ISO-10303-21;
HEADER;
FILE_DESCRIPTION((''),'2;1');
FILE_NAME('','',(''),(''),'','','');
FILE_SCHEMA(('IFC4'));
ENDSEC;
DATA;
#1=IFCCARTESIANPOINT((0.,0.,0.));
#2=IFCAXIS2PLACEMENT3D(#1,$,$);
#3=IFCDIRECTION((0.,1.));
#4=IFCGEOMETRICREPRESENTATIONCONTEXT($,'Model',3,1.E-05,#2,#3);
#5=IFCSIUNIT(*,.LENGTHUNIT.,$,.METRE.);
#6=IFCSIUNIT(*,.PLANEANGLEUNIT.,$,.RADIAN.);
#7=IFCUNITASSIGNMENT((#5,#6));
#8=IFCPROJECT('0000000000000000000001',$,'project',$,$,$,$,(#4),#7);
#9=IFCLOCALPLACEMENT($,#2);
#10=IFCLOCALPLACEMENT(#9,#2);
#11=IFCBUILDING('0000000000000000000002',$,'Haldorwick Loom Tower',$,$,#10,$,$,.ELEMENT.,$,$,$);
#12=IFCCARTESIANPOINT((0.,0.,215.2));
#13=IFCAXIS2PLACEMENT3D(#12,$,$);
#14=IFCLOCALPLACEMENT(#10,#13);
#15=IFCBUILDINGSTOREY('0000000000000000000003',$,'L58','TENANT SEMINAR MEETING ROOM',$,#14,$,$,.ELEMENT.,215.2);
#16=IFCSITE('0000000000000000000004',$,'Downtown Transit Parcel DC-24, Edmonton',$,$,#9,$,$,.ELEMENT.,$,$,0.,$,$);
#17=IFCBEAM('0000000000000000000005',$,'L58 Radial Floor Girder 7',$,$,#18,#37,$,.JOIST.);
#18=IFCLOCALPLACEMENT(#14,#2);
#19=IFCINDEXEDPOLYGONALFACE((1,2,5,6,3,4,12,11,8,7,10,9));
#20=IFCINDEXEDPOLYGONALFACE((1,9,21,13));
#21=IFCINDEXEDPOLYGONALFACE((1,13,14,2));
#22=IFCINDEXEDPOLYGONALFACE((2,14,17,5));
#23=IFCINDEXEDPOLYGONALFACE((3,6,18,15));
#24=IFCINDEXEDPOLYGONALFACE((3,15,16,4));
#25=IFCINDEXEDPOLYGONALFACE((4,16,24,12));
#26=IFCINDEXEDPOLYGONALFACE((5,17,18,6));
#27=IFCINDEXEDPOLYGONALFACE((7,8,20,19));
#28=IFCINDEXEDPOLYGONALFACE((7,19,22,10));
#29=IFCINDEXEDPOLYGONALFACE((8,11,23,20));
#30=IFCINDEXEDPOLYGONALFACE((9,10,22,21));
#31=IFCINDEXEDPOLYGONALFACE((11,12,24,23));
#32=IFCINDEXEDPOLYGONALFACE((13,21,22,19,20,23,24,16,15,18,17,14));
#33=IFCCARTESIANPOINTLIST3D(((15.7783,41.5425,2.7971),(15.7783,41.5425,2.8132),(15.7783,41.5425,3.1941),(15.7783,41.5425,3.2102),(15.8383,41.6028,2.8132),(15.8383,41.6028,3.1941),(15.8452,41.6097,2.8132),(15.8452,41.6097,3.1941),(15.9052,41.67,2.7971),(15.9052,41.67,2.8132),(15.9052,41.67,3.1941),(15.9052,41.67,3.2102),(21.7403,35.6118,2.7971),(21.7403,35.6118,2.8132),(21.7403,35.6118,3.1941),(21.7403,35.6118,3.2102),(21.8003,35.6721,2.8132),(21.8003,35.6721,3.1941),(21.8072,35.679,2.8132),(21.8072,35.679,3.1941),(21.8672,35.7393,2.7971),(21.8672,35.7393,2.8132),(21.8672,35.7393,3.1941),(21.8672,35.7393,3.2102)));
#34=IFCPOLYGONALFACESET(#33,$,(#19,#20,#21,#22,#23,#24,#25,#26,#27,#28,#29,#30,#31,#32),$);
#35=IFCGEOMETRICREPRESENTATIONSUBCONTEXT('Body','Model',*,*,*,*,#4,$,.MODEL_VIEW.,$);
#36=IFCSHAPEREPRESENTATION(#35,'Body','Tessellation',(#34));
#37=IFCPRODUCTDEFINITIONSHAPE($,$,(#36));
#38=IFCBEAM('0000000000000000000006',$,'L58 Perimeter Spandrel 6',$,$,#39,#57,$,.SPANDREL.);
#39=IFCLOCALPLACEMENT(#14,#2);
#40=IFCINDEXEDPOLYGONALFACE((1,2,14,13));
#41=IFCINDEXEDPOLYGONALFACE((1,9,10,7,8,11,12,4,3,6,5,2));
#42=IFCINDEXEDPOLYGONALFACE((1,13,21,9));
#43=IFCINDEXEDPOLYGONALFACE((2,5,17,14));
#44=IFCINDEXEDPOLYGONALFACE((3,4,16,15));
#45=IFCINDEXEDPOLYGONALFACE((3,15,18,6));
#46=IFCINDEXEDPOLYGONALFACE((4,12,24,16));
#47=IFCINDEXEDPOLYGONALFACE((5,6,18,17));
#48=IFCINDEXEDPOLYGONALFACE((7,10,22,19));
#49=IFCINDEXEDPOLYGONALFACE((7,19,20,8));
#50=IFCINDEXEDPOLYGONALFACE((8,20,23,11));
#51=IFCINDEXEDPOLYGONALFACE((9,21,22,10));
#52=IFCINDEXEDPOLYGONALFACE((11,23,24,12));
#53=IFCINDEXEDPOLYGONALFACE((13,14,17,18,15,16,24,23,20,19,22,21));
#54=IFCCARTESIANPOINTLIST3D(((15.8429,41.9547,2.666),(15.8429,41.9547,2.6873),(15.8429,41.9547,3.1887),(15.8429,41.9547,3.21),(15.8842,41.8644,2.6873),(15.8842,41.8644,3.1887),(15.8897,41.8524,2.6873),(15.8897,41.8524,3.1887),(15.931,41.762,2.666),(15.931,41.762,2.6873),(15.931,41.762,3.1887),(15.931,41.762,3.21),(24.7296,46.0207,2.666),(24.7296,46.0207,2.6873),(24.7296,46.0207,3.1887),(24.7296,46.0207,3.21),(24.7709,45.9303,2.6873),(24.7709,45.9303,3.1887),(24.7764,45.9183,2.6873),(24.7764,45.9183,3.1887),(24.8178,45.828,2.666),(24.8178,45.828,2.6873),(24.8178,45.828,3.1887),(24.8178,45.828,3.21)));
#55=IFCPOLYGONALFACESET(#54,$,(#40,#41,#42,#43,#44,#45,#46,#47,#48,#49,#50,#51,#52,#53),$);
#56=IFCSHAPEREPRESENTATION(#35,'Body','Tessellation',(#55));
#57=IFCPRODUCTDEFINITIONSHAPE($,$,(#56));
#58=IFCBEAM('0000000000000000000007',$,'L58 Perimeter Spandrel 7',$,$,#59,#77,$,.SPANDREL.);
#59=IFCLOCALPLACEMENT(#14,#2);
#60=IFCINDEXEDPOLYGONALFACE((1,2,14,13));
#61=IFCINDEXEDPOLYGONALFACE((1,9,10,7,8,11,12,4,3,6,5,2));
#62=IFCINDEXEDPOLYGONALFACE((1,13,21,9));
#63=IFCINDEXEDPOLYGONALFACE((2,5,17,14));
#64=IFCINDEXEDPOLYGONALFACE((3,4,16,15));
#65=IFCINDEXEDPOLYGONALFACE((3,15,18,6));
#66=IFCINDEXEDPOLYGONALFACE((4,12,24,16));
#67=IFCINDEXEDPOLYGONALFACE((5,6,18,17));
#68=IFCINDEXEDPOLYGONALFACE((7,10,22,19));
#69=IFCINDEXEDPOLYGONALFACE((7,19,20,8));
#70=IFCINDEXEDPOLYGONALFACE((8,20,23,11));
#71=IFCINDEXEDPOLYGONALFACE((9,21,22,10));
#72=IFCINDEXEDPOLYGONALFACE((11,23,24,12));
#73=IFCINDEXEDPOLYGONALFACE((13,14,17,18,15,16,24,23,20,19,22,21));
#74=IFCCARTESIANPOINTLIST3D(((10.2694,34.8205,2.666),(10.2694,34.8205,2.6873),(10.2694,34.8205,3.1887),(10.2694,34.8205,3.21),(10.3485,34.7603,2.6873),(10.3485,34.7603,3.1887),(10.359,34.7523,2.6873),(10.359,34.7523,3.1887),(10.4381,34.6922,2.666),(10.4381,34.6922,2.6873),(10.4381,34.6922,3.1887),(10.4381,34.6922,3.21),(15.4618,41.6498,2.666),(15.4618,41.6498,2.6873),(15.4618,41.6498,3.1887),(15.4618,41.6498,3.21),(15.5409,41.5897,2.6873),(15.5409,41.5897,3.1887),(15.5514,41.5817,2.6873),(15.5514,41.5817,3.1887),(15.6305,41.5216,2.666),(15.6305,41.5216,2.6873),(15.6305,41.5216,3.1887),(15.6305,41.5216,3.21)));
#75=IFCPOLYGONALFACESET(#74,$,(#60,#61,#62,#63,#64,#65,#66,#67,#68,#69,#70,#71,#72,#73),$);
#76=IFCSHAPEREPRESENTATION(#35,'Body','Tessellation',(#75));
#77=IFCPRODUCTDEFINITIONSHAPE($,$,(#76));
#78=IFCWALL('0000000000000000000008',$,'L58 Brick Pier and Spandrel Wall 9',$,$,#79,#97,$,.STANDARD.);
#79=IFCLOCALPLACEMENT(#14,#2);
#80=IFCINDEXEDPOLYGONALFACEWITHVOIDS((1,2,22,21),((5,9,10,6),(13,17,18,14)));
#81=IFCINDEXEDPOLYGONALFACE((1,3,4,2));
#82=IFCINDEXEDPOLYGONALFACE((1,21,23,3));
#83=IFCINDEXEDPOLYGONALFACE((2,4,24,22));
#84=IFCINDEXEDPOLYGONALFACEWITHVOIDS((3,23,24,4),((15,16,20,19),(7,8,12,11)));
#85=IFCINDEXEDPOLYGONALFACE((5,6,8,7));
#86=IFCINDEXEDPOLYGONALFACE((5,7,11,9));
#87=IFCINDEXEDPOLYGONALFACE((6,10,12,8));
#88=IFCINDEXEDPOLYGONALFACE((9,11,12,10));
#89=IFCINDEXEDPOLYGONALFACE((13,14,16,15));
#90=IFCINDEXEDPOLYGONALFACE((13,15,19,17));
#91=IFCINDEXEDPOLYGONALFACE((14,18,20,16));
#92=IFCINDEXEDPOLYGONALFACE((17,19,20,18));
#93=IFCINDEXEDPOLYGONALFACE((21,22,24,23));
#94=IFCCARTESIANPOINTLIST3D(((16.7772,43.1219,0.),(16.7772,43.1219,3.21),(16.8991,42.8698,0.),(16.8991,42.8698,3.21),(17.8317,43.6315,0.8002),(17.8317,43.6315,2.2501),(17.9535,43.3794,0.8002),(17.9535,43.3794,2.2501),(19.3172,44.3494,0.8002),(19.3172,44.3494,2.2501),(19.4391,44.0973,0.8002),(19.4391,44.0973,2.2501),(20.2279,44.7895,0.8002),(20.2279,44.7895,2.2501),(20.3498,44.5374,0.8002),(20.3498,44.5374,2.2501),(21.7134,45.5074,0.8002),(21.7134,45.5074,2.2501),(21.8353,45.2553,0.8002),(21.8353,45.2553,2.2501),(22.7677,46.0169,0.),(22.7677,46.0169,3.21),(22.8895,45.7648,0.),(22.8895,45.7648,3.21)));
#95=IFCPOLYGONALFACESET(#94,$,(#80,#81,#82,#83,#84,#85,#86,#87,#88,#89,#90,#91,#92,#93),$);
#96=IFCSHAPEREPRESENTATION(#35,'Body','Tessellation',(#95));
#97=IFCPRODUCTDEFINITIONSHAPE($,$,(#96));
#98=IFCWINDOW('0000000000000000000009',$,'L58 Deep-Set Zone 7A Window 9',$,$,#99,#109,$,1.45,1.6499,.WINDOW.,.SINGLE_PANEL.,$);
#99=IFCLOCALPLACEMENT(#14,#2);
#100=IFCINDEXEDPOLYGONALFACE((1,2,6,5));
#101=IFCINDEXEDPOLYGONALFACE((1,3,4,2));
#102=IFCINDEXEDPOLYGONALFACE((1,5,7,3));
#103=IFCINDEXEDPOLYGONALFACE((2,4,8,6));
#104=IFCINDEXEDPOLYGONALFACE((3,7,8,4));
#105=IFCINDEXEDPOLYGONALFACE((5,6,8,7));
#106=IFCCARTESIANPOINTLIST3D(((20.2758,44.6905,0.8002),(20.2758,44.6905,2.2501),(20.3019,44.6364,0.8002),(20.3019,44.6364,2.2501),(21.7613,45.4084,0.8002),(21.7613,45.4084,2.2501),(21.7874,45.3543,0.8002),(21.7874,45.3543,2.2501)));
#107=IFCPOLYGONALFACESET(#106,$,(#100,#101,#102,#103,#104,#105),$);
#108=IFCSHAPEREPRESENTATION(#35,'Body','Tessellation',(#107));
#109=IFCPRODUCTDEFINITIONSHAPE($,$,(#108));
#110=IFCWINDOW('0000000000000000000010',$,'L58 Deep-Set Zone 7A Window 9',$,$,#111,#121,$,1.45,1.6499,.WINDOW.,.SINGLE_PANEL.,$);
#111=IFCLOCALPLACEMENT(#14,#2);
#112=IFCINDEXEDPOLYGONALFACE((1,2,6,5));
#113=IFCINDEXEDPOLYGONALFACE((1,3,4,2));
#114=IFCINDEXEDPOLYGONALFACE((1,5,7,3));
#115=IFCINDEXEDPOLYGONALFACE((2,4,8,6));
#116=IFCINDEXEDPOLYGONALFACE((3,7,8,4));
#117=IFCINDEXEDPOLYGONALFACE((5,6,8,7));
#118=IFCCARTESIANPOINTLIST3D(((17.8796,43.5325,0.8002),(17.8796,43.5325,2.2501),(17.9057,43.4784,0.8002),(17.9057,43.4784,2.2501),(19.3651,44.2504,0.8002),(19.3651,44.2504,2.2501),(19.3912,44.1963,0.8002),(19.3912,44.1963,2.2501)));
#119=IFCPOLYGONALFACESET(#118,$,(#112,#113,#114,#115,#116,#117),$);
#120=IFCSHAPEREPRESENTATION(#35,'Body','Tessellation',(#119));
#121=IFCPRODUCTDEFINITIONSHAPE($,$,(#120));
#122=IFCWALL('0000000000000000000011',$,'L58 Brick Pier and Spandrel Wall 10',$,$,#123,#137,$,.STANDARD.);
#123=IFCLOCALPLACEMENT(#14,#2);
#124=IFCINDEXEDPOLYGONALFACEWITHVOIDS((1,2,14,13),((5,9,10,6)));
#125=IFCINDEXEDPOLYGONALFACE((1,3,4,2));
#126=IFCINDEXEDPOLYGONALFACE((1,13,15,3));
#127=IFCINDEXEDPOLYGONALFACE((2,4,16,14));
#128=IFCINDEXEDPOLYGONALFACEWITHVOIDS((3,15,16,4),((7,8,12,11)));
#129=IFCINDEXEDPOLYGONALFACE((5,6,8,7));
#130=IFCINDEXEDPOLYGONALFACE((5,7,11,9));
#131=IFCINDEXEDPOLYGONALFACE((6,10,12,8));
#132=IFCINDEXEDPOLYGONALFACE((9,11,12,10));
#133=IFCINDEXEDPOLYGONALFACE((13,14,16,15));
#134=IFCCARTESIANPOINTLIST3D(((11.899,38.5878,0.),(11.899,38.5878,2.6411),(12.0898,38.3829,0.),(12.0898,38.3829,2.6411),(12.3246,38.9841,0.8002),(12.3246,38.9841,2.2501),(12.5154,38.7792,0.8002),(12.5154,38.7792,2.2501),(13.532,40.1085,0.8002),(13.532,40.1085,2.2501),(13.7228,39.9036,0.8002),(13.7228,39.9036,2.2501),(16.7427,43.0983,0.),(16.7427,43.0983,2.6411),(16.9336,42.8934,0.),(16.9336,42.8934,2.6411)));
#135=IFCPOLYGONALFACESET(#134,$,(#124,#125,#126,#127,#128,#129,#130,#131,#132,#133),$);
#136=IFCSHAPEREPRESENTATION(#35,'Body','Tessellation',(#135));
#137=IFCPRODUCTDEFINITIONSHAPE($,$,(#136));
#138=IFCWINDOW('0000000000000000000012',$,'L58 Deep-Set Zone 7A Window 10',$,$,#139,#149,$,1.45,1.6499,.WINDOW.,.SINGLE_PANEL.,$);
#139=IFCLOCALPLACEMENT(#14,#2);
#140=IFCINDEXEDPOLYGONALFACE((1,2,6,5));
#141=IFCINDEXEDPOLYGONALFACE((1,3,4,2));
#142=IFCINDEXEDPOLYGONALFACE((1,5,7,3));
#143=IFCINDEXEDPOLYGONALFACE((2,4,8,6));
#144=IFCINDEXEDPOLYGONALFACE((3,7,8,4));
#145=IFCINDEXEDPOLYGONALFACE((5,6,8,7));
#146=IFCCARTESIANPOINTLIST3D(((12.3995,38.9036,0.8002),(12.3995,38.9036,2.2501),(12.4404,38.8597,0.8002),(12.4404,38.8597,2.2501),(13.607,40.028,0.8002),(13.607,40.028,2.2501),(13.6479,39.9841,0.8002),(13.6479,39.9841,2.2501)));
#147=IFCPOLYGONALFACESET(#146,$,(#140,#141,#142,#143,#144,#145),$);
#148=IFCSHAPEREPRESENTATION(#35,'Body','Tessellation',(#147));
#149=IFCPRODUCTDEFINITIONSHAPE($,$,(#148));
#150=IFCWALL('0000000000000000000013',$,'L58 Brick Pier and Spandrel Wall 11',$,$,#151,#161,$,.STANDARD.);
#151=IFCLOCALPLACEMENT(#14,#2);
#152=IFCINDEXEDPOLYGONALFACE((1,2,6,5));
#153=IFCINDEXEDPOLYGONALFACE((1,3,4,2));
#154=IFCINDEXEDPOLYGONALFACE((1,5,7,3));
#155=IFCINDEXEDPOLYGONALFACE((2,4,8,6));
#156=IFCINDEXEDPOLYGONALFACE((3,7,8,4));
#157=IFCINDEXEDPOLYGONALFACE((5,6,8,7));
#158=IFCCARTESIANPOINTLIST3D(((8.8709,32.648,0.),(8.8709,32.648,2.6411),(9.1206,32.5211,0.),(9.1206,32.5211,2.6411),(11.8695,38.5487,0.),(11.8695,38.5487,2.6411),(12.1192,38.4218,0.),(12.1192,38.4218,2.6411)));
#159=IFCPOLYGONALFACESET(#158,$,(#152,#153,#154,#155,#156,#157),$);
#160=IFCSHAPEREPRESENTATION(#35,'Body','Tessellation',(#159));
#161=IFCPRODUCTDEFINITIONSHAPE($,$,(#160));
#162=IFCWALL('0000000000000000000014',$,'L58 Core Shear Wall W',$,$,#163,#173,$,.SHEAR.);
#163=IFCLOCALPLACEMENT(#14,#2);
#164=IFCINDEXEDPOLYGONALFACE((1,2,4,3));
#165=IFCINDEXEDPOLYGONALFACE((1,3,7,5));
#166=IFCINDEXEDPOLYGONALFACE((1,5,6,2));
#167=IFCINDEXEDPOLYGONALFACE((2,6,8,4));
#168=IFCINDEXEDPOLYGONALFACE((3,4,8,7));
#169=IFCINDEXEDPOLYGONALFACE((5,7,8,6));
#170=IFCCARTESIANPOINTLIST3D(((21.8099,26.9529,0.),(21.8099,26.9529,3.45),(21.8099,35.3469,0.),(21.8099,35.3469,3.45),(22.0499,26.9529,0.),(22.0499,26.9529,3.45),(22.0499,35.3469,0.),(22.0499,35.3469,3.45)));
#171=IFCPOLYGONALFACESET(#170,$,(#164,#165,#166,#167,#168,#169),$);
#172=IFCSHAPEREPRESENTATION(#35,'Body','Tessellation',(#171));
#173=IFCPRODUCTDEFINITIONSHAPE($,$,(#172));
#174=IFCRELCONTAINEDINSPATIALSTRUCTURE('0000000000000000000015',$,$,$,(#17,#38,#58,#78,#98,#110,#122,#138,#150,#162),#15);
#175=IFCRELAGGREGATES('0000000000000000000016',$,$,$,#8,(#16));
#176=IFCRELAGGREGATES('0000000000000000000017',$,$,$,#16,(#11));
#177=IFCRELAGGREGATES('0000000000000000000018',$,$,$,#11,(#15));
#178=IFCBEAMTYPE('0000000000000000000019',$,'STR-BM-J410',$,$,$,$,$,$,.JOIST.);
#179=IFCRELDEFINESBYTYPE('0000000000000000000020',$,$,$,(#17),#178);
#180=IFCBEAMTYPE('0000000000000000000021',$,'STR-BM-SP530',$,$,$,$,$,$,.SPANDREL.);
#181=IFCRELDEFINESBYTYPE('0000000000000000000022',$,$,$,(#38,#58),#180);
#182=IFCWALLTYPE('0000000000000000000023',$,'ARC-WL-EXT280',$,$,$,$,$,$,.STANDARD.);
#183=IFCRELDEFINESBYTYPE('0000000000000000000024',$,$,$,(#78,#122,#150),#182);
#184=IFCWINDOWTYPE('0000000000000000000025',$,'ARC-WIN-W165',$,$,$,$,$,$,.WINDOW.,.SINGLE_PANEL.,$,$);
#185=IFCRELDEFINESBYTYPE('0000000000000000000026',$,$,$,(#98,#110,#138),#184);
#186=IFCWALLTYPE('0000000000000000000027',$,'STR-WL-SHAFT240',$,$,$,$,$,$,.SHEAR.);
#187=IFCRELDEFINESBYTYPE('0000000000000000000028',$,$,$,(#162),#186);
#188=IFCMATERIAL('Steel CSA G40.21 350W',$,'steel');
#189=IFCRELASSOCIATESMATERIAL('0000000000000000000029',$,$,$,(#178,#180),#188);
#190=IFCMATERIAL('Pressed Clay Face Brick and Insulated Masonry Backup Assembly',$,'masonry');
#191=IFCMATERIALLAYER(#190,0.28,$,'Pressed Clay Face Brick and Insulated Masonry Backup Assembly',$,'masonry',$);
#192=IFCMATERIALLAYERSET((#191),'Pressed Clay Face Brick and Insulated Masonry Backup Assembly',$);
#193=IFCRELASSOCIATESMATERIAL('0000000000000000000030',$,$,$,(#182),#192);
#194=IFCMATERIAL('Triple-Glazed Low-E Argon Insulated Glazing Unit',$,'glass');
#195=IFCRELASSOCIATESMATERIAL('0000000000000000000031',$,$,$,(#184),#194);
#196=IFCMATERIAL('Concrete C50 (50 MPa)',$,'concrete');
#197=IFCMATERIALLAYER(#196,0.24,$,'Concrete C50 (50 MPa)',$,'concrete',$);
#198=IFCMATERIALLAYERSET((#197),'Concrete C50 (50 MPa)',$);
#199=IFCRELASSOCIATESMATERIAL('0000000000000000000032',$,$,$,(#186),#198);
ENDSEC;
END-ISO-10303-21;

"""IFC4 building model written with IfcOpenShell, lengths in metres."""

from ifc_helpers import new_model, si_unit, direction, frame, frame_2d, origin, origin_2d, place, context, subcontext, project, spatial, rectangle, i_section, extrude, material, layer, layer_set, material_profile, profile_set, type_object, element, fill, save


model = new_model("IFC4")

# Units and contexts
model_context = context("Model", 3, precision=1e-05, world=origin(), true_north=direction((0.0, 1.0)))
body_context = subcontext(model_context, "Body", "Model", "MODEL_VIEW")
ifc_project = project(units=[si_unit("LENGTHUNIT", "METRE"), si_unit("PLANEANGLEUNIT", "RADIAN")], contexts=[model_context])

# Site, building, storey
site_placement = place(None, origin())
site = spatial("IfcSite", under=ifc_project, at=site_placement, Name="Downtown Transit Parcel DC-24, Edmonton", CompositionType="ELEMENT", RefElevation=0.0)
building_placement = place(site_placement, origin())
building = spatial("IfcBuilding", under=site, at=building_placement, Name="Haldorwick Loom Tower", CompositionType="ELEMENT")
storey_placement = place(building_placement, frame((0.0, 0.0, 215.2)))
storey = spatial("IfcBuildingStorey", under=building, at=storey_placement, Name="L58", Description="TENANT SEMINAR MEETING ROOM", CompositionType="ELEMENT", Elevation=215.2)

# Shared definitions
ifc_material_1 = material(Name="Steel CSA G40.21 350W", Category="steel")

# Beams
ifc_material_2 = material(Name="Concrete C50 (50 MPa)", Category="concrete")
ifc_material_profile_1 = material_profile(ifc_material_1, i_section(OverallWidth=0.1799, OverallDepth=0.4131, WebThickness=0.0098, FlangeThickness=0.0161, at=origin_2d()), Name="W410X74", Category="steel")
ifc_profile_set_1 = profile_set([ifc_material_profile_1], Name="Steel CSA G40.21 350W")
beam_type_1 = type_object("IfcBeamType", Name="STR-BM-J410", PredefinedType="JOIST", material=ifc_profile_set_1)
beam_1_placement = place(storey_placement, frame((21.8037, 35.6755, 3.0037), z_axis=(-0.708962, 0.705246, 0.0), x_axis=(-0.705246, -0.708962, 0.0)))
element("IfcBeam", 1, at=beam_1_placement, inside=storey, type_object=beam_type_1, Name="L58 Radial Floor Girder 7", PredefinedType="JOIST", context=body_context, shape_type="SweptSolid", body=[
    extrude(i_section(OverallWidth=0.1799, OverallDepth=0.4131, WebThickness=0.0098, FlangeThickness=0.0161, at=origin_2d()), origin(), (0.0, 0.0, 1.0), 8.4094),
])
ifc_material_profile_2 = material_profile(ifc_material_1, i_section(OverallWidth=0.2119, OverallDepth=0.5439, WebThickness=0.0132, FlangeThickness=0.0212, at=origin_2d()), Name="W530X123", Category="steel")
ifc_profile_set_2 = profile_set([ifc_material_profile_2], Name="Steel CSA G40.21 350W")
beam_type_2 = type_object("IfcBeamType", Name="STR-BM-SP530", PredefinedType="SPANDREL", material=ifc_profile_set_2)
beam_2_placement = place(storey_placement, frame((24.7737, 45.9243, 2.938), z_axis=(-0.909342, -0.416049, 0.0), x_axis=(0.416049, -0.909342, 0.0)))
element("IfcBeam", 2, at=beam_2_placement, inside=storey, type_object=beam_type_2, Name="L58 Perimeter Spandrel 6", PredefinedType="SPANDREL", context=body_context, shape_type="SweptSolid", body=[
    extrude(i_section(OverallWidth=0.2119, OverallDepth=0.5439, WebThickness=0.0132, FlangeThickness=0.0212, at=origin_2d()), origin(), (0.0, 0.0, 1.0), 9.7727),
])
beam_3_placement = place(storey_placement, frame((15.5461, 41.5857, 2.938), z_axis=(-0.605237, -0.796045, 0.0), x_axis=(0.796045, -0.605237, 0.0)))
element("IfcBeam", 3, at=beam_3_placement, inside=storey, type_object=beam_type_2, Name="L58 Perimeter Spandrel 7", PredefinedType="SPANDREL", context=body_context, shape_type="SweptSolid", body=[
    extrude(i_section(OverallWidth=0.2119, OverallDepth=0.5439, WebThickness=0.0132, FlangeThickness=0.0212, at=origin_2d()), origin(), (0.0, 0.0, 1.0), 8.5791),
])

# Wall, openings, windows
ifc_material_3 = material(Name="Pressed Clay Face Brick and Insulated Masonry Backup Assembly", Category="masonry")
ifc_layer_1 = layer(ifc_material_3, 0.28, Name="Pressed Clay Face Brick and Insulated Masonry Backup Assembly", Category="masonry")
ifc_layer_set_1 = layer_set([ifc_layer_1], Name="Pressed Clay Face Brick and Insulated Masonry Backup Assembly")
wall_type_1 = type_object("IfcWallType", Name="ARC-WL-EXT280", PredefinedType="STANDARD", material=ifc_layer_set_1)
wall_1_placement = place(storey_placement, frame((22.8286, 45.8909, 0.0), z_axis=(0.0, 0.0, 1.0), x_axis=(-0.900371, -0.435123, 0.0)))
wall_1 = element("IfcWall", 4, at=wall_1_placement, inside=storey, type_object=wall_type_1, Name="L58 Brick Pier and Spandrel Wall 9", PredefinedType="STANDARD", context=body_context, shape_type="SweptSolid", body=[
    extrude(rectangle(XDim=6.6533, YDim=0.28, at=frame_2d((3.3267, 0.0))), origin(), (0.0, 0.0, 1.0), 3.21),
])
opening_1_placement = place(wall_1_placement, frame((1.1709, 0.0, 0.8)))
opening_1 = element("IfcOpeningElement", 5, at=opening_1_placement, cuts=wall_1, PredefinedType="OPENING", context=body_context, shape_type="SweptSolid", body=[
    extrude(rectangle(XDim=1.6499, YDim=1.45, at=frame_2d((0.825, 0.7251))), frame((0.0, 0.1499, 0.0), z_axis=(0.0, -1.0, 0.0), x_axis=(1.0, 0.0, 0.0)), (0.0, 0.0, 1.0), 0.3),
])
opening_2_placement = place(wall_1_placement, frame((3.8323, 0.0, 0.8)))
opening_2 = element("IfcOpeningElement", 6, at=opening_2_placement, cuts=wall_1, PredefinedType="OPENING", context=body_context, shape_type="SweptSolid", body=[
    extrude(rectangle(XDim=1.6499, YDim=1.45, at=frame_2d((0.825, 0.7251))), frame((0.0, 0.1499, 0.0), z_axis=(0.0, -1.0, 0.0), x_axis=(1.0, 0.0, 0.0)), (0.0, 0.0, 1.0), 0.3),
])
ifc_material_4 = material(Name="Triple-Glazed Low-E Argon Insulated Glazing Unit", Category="glass")
window_type = type_object("IfcWindowType", Name="ARC-WIN-W165", PartitioningType="SINGLE_PANEL", PredefinedType="WINDOW", material=ifc_material_4)
window_1_placement = place(opening_1_placement, origin())
window_1 = element("IfcWindow", 7, at=window_1_placement, inside=storey, type_object=window_type, Name="L58 Deep-Set Zone 7A Window 9", OverallHeight=1.45, OverallWidth=1.6499, PartitioningType="SINGLE_PANEL", PredefinedType="WINDOW", context=body_context, shape_type="SweptSolid", body=[
    extrude(rectangle(XDim=1.6499, YDim=1.45, at=frame_2d((0.825, 0.7251))), frame((0.0, 0.03, 0.0), z_axis=(0.0, -1.0, 0.0), x_axis=(1.0, 0.0, 0.0)), (0.0, 0.0, 1.0), 0.0601),
])
fill(opening_1, window_1)
window_2_placement = place(opening_2_placement, origin())
window_2 = element("IfcWindow", 8, at=window_2_placement, inside=storey, type_object=window_type, Name="L58 Deep-Set Zone 7A Window 9", OverallHeight=1.45, OverallWidth=1.6499, PartitioningType="SINGLE_PANEL", PredefinedType="WINDOW", context=body_context, shape_type="SweptSolid", body=[
    extrude(rectangle(XDim=1.6499, YDim=1.45, at=frame_2d((0.825, 0.7251))), frame((0.0, 0.03, 0.0), z_axis=(0.0, -1.0, 0.0), x_axis=(1.0, 0.0, 0.0)), (0.0, 0.0, 1.0), 0.0601),
])
fill(opening_2, window_2)

# Wall, opening, window
wall_2_placement = place(storey_placement, frame((16.8381, 42.9958, 0.0), z_axis=(0.0, 0.0, 1.0), x_axis=(-0.731834, -0.681483, 0.0)))
wall_2 = element("IfcWall", 9, at=wall_2_placement, inside=storey, type_object=wall_type_1, Name="L58 Brick Pier and Spandrel Wall 10", PredefinedType="STANDARD", context=body_context, shape_type="SweptSolid", body=[
    extrude(rectangle(XDim=6.6187, YDim=0.28, at=frame_2d((3.3093, 0.0))), origin(), (0.0, 0.0, 1.0), 2.6411),
])
opening_3_placement = place(wall_2_placement, frame((4.3872, 0.0, 0.8)))
opening_3 = element("IfcOpeningElement", 10, at=opening_3_placement, cuts=wall_2, PredefinedType="OPENING", context=body_context, shape_type="SweptSolid", body=[
    extrude(rectangle(XDim=1.6499, YDim=1.45, at=frame_2d((0.825, 0.7251))), frame((0.0, 0.1499, 0.0), z_axis=(0.0, -1.0, 0.0), x_axis=(1.0, 0.0, 0.0)), (0.0, 0.0, 1.0), 0.3),
])
window_3_placement = place(opening_3_placement, origin())
window_3 = element("IfcWindow", 11, at=window_3_placement, inside=storey, type_object=window_type, Name="L58 Deep-Set Zone 7A Window 10", OverallHeight=1.45, OverallWidth=1.6499, PartitioningType="SINGLE_PANEL", PredefinedType="WINDOW", context=body_context, shape_type="SweptSolid", body=[
    extrude(rectangle(XDim=1.6499, YDim=1.45, at=frame_2d((0.825, 0.7251))), frame((0.0, 0.03, 0.0), z_axis=(0.0, -1.0, 0.0), x_axis=(1.0, 0.0, 0.0)), (0.0, 0.0, 1.0), 0.0601),
])
fill(opening_3, window_3)

# Walls
wall_3_placement = place(storey_placement, frame((11.9944, 38.4854, 0.0), z_axis=(0.0, 0.0, 1.0), x_axis=(-0.453032, -0.891494, 0.0)))
element("IfcWall", 12, at=wall_3_placement, inside=storey, type_object=wall_type_1, Name="L58 Brick Pier and Spandrel Wall 11", PredefinedType="STANDARD", context=body_context, shape_type="SweptSolid", body=[
    extrude(rectangle(XDim=6.6189, YDim=0.28, at=frame_2d((3.3096, 0.0))), origin(), (0.0, 0.0, 1.0), 2.6411),
])
ifc_layer_2 = layer(ifc_material_2, 0.24, Name="Concrete C50 (50 MPa)", Category="concrete")
ifc_layer_set_2 = layer_set([ifc_layer_2], Name="Concrete C50 (50 MPa)")
wall_type_2 = type_object("IfcWallType", Name="STR-WL-SHAFT240", PredefinedType="SHEAR", material=ifc_layer_set_2)
wall_4_placement = place(storey_placement, frame((21.9299, 35.3469, 0.0), z_axis=(0.0, 0.0, 1.0), x_axis=(0.0, -1.0, 0.0)))
element("IfcWall", 13, at=wall_4_placement, inside=storey, type_object=wall_type_2, Name="L58 Core Shear Wall W", PredefinedType="SHEAR", context=body_context, shape_type="SweptSolid", body=[
    extrude(rectangle(XDim=8.394, YDim=0.24, at=frame_2d((4.197, 0.0))), origin(), (0.0, 0.0, 1.0), 3.45),
])

save(model, "model.ifc")
